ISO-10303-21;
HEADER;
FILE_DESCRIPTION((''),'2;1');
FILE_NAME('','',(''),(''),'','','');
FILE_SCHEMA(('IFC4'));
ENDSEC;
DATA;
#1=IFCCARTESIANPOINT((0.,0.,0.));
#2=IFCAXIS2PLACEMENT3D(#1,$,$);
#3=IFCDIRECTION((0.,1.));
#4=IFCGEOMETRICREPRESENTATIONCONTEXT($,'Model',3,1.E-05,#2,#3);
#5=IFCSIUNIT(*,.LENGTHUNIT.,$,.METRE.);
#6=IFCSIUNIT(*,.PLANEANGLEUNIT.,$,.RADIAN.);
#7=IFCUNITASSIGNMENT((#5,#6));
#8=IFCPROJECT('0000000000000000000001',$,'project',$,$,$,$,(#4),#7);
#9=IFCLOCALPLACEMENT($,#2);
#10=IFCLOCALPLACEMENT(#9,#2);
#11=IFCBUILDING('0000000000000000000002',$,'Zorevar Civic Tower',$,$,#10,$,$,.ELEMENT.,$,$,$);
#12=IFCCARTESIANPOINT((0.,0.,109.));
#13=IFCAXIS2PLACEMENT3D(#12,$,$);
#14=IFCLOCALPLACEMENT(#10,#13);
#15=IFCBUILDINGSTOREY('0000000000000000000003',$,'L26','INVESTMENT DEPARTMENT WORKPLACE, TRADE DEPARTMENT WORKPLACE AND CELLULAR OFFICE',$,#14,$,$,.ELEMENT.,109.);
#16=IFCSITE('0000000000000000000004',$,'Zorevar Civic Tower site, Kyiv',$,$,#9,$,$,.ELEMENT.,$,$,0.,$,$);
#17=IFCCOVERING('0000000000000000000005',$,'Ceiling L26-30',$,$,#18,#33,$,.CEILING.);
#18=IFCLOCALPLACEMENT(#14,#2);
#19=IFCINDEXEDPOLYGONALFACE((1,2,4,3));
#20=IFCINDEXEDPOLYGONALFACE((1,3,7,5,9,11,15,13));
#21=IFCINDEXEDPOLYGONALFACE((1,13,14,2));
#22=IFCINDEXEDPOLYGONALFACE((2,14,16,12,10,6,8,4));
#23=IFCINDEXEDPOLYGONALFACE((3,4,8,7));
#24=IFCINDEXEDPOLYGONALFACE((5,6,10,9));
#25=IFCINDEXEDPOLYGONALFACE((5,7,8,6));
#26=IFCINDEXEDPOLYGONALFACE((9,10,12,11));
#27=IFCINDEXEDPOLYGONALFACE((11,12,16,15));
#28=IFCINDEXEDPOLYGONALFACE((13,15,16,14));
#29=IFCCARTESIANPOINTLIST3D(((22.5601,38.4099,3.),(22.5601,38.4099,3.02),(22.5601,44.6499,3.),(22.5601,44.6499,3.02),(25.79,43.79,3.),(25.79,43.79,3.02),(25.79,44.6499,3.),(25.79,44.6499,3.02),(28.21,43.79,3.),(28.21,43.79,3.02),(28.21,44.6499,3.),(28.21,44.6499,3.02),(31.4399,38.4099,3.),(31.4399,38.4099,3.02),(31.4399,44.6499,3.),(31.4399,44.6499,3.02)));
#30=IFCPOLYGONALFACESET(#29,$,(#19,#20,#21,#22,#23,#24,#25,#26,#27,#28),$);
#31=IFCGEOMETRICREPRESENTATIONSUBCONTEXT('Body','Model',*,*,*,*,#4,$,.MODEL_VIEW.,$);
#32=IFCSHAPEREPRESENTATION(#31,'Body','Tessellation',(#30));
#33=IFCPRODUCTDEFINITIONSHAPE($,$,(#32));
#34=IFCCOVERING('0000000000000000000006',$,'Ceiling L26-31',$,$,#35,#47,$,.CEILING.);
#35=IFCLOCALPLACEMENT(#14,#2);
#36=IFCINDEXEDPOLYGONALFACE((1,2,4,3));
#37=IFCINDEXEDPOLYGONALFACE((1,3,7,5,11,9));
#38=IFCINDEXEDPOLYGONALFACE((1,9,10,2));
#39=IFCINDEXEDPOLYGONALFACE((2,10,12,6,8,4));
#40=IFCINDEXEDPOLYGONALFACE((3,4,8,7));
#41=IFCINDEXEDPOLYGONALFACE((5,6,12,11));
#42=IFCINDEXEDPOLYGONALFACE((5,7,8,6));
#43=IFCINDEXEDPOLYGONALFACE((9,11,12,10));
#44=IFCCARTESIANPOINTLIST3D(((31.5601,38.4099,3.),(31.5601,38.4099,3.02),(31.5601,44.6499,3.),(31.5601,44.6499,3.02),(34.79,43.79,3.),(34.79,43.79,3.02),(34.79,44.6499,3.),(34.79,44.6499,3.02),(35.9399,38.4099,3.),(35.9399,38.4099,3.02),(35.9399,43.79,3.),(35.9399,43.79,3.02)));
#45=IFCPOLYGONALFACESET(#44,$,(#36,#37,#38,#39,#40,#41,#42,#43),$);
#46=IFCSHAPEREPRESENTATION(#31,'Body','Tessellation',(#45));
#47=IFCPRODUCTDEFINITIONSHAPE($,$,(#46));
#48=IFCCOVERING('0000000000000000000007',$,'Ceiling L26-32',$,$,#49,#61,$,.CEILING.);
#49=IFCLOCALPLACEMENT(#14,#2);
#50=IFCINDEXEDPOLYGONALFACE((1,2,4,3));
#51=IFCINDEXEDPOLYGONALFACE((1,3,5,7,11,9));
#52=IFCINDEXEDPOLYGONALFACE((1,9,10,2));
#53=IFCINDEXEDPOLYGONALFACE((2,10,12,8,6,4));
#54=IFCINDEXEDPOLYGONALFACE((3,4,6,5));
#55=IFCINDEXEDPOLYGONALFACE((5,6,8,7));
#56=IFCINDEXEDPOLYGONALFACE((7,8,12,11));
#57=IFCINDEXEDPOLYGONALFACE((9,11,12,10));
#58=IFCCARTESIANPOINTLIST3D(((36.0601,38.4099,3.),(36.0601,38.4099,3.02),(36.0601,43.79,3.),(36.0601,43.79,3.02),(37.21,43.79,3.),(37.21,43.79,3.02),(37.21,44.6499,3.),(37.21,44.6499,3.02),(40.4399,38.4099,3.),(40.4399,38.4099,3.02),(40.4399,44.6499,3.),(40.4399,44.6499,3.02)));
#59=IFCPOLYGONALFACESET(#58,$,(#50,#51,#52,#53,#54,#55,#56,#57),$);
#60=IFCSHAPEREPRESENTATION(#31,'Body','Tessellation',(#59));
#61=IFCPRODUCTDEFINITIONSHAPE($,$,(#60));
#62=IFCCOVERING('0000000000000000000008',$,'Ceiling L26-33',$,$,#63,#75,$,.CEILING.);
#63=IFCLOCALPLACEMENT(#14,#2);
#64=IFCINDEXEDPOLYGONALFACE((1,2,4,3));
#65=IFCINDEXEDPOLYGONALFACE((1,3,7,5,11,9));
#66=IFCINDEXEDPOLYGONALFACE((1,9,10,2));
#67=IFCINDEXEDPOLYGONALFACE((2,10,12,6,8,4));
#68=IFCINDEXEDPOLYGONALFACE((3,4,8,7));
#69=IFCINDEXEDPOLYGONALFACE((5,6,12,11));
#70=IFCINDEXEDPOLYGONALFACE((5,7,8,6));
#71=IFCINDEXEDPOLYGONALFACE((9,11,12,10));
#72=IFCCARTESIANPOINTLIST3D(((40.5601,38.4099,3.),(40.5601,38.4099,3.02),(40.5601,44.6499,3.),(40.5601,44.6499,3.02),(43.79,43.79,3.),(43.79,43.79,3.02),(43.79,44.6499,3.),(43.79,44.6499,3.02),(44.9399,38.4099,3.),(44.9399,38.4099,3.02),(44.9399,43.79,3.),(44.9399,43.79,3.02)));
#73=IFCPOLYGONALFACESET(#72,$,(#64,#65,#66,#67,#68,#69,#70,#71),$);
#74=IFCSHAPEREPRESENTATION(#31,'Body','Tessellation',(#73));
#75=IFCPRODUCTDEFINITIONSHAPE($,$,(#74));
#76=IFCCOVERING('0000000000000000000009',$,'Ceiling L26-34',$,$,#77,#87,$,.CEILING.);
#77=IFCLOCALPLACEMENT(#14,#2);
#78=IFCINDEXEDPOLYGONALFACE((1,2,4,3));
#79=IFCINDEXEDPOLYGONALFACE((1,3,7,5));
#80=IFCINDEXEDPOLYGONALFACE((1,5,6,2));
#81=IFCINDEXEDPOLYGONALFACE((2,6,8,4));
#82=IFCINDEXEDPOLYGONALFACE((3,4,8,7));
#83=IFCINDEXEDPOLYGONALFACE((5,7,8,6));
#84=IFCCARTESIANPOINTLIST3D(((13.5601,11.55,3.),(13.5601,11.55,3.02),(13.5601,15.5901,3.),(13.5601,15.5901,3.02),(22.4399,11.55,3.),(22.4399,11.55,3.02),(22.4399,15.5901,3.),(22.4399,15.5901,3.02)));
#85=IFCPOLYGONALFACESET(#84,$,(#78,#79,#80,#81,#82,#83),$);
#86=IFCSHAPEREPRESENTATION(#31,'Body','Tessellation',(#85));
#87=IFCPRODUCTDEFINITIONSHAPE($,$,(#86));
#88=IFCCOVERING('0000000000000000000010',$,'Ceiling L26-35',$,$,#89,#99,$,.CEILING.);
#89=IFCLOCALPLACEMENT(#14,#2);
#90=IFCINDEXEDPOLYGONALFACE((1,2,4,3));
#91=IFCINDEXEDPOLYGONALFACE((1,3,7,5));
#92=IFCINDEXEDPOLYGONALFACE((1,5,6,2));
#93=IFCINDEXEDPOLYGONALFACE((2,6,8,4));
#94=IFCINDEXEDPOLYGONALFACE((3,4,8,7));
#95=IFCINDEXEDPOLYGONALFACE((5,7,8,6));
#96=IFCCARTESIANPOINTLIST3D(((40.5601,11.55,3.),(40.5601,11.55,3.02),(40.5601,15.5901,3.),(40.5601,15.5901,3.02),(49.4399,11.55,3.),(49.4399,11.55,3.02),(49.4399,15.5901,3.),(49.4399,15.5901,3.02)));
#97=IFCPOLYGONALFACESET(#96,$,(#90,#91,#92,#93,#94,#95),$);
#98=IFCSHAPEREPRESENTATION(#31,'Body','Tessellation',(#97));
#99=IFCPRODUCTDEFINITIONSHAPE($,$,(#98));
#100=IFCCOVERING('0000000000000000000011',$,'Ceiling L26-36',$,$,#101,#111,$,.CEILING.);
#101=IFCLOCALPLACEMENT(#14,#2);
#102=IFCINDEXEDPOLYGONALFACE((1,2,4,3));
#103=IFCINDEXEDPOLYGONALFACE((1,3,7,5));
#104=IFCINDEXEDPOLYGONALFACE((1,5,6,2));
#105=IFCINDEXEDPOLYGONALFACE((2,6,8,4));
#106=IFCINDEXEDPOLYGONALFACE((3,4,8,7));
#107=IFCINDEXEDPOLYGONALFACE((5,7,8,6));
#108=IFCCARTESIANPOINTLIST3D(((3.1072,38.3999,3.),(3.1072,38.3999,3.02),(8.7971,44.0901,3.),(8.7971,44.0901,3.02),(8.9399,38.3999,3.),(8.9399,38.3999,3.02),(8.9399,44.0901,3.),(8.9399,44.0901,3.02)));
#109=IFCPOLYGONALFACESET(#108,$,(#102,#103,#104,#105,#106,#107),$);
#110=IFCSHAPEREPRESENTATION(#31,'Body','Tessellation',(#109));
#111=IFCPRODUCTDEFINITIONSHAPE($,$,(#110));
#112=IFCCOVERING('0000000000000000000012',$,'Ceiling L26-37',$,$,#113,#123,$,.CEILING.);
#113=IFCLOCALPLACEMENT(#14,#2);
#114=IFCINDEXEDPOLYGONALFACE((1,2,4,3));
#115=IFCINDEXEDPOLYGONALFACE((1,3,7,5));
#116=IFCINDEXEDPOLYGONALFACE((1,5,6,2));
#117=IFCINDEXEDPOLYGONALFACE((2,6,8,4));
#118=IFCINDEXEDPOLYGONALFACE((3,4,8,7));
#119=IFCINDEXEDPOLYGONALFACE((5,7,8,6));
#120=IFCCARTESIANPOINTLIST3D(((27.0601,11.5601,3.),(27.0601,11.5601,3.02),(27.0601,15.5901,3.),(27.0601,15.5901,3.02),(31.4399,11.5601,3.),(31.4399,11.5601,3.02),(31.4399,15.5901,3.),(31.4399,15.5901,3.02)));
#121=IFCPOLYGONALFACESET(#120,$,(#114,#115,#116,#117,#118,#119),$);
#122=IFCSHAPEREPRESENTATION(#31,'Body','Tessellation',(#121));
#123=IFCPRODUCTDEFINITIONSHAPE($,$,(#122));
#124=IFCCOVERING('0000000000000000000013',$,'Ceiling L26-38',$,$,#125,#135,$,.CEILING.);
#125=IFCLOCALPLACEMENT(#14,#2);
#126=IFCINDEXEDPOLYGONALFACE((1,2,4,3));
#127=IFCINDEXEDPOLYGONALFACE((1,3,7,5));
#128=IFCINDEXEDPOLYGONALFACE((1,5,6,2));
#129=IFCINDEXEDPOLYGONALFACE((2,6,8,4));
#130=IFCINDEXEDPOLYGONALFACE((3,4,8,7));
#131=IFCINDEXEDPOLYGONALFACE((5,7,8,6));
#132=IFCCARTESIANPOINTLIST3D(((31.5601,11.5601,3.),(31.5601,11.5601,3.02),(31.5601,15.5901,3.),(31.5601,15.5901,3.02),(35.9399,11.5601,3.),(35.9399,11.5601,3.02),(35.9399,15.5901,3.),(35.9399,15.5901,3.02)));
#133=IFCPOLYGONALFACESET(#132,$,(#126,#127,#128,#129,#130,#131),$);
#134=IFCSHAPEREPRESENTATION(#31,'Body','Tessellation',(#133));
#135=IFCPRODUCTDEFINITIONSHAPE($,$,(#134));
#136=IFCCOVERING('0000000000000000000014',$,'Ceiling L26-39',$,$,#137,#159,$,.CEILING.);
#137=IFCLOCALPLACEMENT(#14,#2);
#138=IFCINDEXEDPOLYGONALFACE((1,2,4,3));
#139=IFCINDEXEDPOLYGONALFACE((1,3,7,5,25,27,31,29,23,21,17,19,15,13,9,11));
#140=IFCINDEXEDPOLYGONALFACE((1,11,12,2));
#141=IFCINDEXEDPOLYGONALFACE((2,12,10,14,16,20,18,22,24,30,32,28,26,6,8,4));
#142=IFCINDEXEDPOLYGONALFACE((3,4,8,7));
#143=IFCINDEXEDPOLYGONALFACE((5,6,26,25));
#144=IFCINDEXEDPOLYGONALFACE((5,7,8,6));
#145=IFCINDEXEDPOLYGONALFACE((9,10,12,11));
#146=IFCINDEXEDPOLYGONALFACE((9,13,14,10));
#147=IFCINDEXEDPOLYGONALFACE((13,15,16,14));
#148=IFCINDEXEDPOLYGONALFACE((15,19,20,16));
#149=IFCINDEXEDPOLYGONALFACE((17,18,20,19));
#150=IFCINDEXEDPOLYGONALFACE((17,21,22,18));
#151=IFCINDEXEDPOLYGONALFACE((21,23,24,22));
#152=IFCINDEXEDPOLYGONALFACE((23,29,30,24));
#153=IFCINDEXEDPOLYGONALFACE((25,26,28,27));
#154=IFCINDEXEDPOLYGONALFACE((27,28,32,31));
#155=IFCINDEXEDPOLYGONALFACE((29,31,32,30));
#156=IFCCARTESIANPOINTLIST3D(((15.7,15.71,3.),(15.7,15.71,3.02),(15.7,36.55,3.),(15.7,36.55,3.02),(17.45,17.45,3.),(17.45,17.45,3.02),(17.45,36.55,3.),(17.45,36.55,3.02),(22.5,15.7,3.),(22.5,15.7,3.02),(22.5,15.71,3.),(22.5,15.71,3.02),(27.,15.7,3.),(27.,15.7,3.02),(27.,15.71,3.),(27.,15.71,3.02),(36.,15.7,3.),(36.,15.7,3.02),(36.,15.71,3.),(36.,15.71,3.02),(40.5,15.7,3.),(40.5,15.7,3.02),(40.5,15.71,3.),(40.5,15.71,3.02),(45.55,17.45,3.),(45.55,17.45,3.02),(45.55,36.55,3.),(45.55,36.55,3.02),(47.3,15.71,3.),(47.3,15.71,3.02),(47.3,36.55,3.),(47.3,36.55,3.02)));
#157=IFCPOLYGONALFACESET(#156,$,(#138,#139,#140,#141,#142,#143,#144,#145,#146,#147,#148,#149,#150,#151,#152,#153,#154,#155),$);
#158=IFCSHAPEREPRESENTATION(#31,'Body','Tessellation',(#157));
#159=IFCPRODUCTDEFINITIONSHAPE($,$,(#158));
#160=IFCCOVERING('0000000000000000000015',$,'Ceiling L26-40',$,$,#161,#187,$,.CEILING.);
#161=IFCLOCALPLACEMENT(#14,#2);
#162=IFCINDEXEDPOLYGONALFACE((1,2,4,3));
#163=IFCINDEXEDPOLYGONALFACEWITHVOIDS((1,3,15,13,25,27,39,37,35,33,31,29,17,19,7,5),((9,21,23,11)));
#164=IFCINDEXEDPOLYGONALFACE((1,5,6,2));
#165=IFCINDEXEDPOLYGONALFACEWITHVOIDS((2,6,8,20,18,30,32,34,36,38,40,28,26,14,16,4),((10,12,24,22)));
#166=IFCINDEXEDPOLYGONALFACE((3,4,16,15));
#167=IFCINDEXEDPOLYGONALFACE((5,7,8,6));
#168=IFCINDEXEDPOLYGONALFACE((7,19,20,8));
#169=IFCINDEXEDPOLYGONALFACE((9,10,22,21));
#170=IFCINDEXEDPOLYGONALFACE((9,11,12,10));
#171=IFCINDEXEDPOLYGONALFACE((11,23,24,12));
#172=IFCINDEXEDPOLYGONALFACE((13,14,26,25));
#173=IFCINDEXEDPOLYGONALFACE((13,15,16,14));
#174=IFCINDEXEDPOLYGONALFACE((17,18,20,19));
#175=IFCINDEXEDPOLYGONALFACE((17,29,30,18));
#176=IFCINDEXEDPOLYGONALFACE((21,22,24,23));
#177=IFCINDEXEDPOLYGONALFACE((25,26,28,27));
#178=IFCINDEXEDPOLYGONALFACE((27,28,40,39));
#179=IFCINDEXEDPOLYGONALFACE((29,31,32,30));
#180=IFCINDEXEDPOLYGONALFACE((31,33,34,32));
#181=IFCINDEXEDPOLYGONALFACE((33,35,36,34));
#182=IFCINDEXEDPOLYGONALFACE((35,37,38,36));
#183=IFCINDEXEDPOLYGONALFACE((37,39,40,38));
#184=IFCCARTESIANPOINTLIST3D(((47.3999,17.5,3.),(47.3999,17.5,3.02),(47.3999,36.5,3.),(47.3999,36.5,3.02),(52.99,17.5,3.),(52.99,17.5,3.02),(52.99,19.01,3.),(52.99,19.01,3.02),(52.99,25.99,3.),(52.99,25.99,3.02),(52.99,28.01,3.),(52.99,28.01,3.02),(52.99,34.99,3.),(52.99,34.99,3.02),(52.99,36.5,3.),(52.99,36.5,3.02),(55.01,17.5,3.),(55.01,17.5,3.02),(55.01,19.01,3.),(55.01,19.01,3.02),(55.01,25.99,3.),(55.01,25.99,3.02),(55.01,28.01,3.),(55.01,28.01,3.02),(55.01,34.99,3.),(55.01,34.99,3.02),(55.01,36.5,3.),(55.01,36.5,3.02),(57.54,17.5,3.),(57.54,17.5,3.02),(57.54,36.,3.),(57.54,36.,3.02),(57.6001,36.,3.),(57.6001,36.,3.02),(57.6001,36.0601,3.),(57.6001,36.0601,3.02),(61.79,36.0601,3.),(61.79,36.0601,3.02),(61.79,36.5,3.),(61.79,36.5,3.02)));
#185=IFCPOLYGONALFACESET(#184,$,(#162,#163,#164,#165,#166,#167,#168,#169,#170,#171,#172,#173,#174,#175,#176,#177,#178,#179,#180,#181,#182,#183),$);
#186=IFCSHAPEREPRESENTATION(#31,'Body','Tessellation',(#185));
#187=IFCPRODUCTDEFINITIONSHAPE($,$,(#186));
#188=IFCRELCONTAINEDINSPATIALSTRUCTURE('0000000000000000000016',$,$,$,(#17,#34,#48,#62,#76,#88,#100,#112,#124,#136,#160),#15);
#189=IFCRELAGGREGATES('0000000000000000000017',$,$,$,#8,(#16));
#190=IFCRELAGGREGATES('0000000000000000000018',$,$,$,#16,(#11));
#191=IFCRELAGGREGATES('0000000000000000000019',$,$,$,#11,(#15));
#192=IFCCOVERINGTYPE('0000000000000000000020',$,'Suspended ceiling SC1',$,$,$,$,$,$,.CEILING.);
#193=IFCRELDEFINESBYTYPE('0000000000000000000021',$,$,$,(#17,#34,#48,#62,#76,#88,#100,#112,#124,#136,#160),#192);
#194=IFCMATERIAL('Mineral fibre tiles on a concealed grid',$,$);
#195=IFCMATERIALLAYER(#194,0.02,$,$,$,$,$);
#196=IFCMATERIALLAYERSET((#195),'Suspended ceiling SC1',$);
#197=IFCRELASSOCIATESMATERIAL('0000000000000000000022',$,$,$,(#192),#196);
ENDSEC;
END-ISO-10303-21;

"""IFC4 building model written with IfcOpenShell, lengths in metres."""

from ifc_helpers import new_model, si_unit, direction, frame, origin, place, context, subcontext, project, spatial, polyline, outline, extrude, material, layer, layer_set, type_object, element, save


model = new_model("IFC4")

# Units and contexts
model_context = context("Model", 3, precision=1e-05, world=origin(), true_north=direction((0.0, 1.0)))
body_context = subcontext(model_context, "Body", "Model", "MODEL_VIEW")
ifc_project = project(units=[si_unit("LENGTHUNIT", "METRE"), si_unit("PLANEANGLEUNIT", "RADIAN")], contexts=[model_context])

# Site, building, storey
site_placement = place(None, origin())
site = spatial("IfcSite", under=ifc_project, at=site_placement, Name="Zorevar Civic Tower site, Kyiv", CompositionType="ELEMENT", RefElevation=0.0)
building_placement = place(site_placement, origin())
building = spatial("IfcBuilding", under=site, at=building_placement, Name="Zorevar Civic Tower", CompositionType="ELEMENT")
storey_placement = place(building_placement, frame((0.0, 0.0, 109.0)))
storey = spatial("IfcBuildingStorey", under=building, at=storey_placement, Name="L26", Description="INVESTMENT DEPARTMENT WORKPLACE, TRADE DEPARTMENT WORKPLACE AND CELLULAR OFFICE", CompositionType="ELEMENT", Elevation=109.0)

# Coverings
ifc_material_1 = material(Name="Mineral fibre tiles on a concealed grid")
ifc_layer_1 = layer(ifc_material_1, 0.02)
ifc_layer_set_1 = layer_set([ifc_layer_1], Name="Suspended ceiling SC1")
covering_type_1 = type_object("IfcCoveringType", Name="Suspended ceiling SC1", PredefinedType="CEILING", material=ifc_layer_set_1)
covering_1_placement = place(storey_placement, frame((0.0, 0.0, 3.0)))
element("IfcCovering", 1, at=covering_1_placement, inside=storey, type_object=covering_type_1, Name="Ceiling L26-30", PredefinedType="CEILING", context=body_context, shape_type="SweptSolid", body=[
    extrude(outline(polyline([(22.5601, 38.4099), (22.5601, 44.6499), (25.79, 44.6499), (25.79, 43.79), (28.21, 43.79), (28.21, 44.6499), (31.4399, 44.6499), (31.4399, 38.4099), (22.5601, 38.4099)])), origin(), (0.0, 0.0, 1.0), 0.02),
])
covering_2_placement = place(storey_placement, frame((0.0, 0.0, 3.0)))
element("IfcCovering", 2, at=covering_2_placement, inside=storey, type_object=covering_type_1, Name="Ceiling L26-31", PredefinedType="CEILING", context=body_context, shape_type="SweptSolid", body=[
    extrude(outline(polyline([(31.5601, 38.4099), (31.5601, 44.6499), (34.79, 44.6499), (34.79, 43.79), (35.9399, 43.79), (35.9399, 38.4099), (31.5601, 38.4099)])), origin(), (0.0, 0.0, 1.0), 0.02),
])
covering_3_placement = place(storey_placement, frame((0.0, 0.0, 3.0)))
element("IfcCovering", 3, at=covering_3_placement, inside=storey, type_object=covering_type_1, Name="Ceiling L26-32", PredefinedType="CEILING", context=body_context, shape_type="SweptSolid", body=[
    extrude(outline(polyline([(36.0601, 38.4099), (36.0601, 43.79), (37.21, 43.79), (37.21, 44.6499), (40.4399, 44.6499), (40.4399, 38.4099), (36.0601, 38.4099)])), origin(), (0.0, 0.0, 1.0), 0.02),
])
covering_4_placement = place(storey_placement, frame((0.0, 0.0, 3.0)))
element("IfcCovering", 4, at=covering_4_placement, inside=storey, type_object=covering_type_1, Name="Ceiling L26-33", PredefinedType="CEILING", context=body_context, shape_type="SweptSolid", body=[
    extrude(outline(polyline([(40.5601, 38.4099), (40.5601, 44.6499), (43.79, 44.6499), (43.79, 43.79), (44.9399, 43.79), (44.9399, 38.4099), (40.5601, 38.4099)])), origin(), (0.0, 0.0, 1.0), 0.02),
])
covering_5_placement = place(storey_placement, frame((0.0, 0.0, 3.0)))
element("IfcCovering", 5, at=covering_5_placement, inside=storey, type_object=covering_type_1, Name="Ceiling L26-34", PredefinedType="CEILING", context=body_context, shape_type="SweptSolid", body=[
    extrude(outline(polyline([(13.5601, 15.5901), (22.4399, 15.5901), (22.4399, 11.55), (13.5601, 11.55), (13.5601, 15.5901)])), origin(), (0.0, 0.0, 1.0), 0.02),
])
covering_6_placement = place(storey_placement, frame((0.0, 0.0, 3.0)))
element("IfcCovering", 6, at=covering_6_placement, inside=storey, type_object=covering_type_1, Name="Ceiling L26-35", PredefinedType="CEILING", context=body_context, shape_type="SweptSolid", body=[
    extrude(outline(polyline([(49.4399, 15.5901), (49.4399, 11.55), (40.5601, 11.55), (40.5601, 15.5901), (49.4399, 15.5901)])), origin(), (0.0, 0.0, 1.0), 0.02),
])
covering_7_placement = place(storey_placement, frame((0.0, 0.0, 3.0)))
element("IfcCovering", 7, at=covering_7_placement, inside=storey, type_object=covering_type_1, Name="Ceiling L26-36", PredefinedType="CEILING", context=body_context, shape_type="SweptSolid", body=[
    extrude(outline(polyline([(8.9399, 44.0901), (8.9399, 38.3999), (3.1072, 38.3999), (8.7971, 44.0901), (8.9399, 44.0901)])), origin(), (0.0, 0.0, 1.0), 0.02),
])
covering_8_placement = place(storey_placement, frame((0.0, 0.0, 3.0)))
element("IfcCovering", 8, at=covering_8_placement, inside=storey, type_object=covering_type_1, Name="Ceiling L26-37", PredefinedType="CEILING", context=body_context, shape_type="SweptSolid", body=[
    extrude(outline(polyline([(27.0601, 15.5901), (31.4399, 15.5901), (31.4399, 11.5601), (27.0601, 11.5601), (27.0601, 15.5901)])), origin(), (0.0, 0.0, 1.0), 0.02),
])
covering_9_placement = place(storey_placement, frame((0.0, 0.0, 3.0)))
element("IfcCovering", 9, at=covering_9_placement, inside=storey, type_object=covering_type_1, Name="Ceiling L26-38", PredefinedType="CEILING", context=body_context, shape_type="SweptSolid", body=[
    extrude(outline(polyline([(31.5601, 15.5901), (35.9399, 15.5901), (35.9399, 11.5601), (31.5601, 11.5601), (31.5601, 15.5901)])), origin(), (0.0, 0.0, 1.0), 0.02),
])
covering_10_placement = place(storey_placement, frame((0.0, 0.0, 3.0)))
element("IfcCovering", 10, at=covering_10_placement, inside=storey, type_object=covering_type_1, Name="Ceiling L26-39", PredefinedType="CEILING", context=body_context, shape_type="SweptSolid", body=[
    extrude(outline(polyline([(47.3, 15.71), (40.5, 15.71), (40.5, 15.7), (36.0, 15.7), (36.0, 15.71), (27.0, 15.71), (27.0, 15.7), (22.5, 15.7), (22.5, 15.71), (15.7, 15.71), (15.7, 36.55), (17.45, 36.55), (17.45, 17.45), (45.55, 17.45), (45.55, 36.55), (47.3, 36.55), (47.3, 15.71)])), origin(), (0.0, 0.0, 1.0), 0.02),
])
covering_11_placement = place(storey_placement, frame((0.0, 0.0, 3.0)))
element("IfcCovering", 11, at=covering_11_placement, inside=storey, type_object=covering_type_1, Name="Ceiling L26-40", PredefinedType="CEILING", context=body_context, shape_type="SweptSolid", body=[
    extrude(outline(polyline([(52.99, 19.01), (52.99, 17.5), (47.3999, 17.5), (47.3999, 36.5), (52.99, 36.5), (52.99, 34.99), (55.01, 34.99), (55.01, 36.5), (61.79, 36.5), (61.79, 36.0601), (57.6001, 36.0601), (57.6001, 36.0), (57.54, 36.0), (57.54, 17.5), (55.01, 17.5), (55.01, 19.01), (52.99, 19.01)]), holes=[polyline([(52.99, 25.99), (55.01, 25.99), (55.01, 28.01), (52.99, 28.01), (52.99, 25.99)])]), origin(), (0.0, 0.0, 1.0), 0.02),
])

save(model, "model.ifc")
